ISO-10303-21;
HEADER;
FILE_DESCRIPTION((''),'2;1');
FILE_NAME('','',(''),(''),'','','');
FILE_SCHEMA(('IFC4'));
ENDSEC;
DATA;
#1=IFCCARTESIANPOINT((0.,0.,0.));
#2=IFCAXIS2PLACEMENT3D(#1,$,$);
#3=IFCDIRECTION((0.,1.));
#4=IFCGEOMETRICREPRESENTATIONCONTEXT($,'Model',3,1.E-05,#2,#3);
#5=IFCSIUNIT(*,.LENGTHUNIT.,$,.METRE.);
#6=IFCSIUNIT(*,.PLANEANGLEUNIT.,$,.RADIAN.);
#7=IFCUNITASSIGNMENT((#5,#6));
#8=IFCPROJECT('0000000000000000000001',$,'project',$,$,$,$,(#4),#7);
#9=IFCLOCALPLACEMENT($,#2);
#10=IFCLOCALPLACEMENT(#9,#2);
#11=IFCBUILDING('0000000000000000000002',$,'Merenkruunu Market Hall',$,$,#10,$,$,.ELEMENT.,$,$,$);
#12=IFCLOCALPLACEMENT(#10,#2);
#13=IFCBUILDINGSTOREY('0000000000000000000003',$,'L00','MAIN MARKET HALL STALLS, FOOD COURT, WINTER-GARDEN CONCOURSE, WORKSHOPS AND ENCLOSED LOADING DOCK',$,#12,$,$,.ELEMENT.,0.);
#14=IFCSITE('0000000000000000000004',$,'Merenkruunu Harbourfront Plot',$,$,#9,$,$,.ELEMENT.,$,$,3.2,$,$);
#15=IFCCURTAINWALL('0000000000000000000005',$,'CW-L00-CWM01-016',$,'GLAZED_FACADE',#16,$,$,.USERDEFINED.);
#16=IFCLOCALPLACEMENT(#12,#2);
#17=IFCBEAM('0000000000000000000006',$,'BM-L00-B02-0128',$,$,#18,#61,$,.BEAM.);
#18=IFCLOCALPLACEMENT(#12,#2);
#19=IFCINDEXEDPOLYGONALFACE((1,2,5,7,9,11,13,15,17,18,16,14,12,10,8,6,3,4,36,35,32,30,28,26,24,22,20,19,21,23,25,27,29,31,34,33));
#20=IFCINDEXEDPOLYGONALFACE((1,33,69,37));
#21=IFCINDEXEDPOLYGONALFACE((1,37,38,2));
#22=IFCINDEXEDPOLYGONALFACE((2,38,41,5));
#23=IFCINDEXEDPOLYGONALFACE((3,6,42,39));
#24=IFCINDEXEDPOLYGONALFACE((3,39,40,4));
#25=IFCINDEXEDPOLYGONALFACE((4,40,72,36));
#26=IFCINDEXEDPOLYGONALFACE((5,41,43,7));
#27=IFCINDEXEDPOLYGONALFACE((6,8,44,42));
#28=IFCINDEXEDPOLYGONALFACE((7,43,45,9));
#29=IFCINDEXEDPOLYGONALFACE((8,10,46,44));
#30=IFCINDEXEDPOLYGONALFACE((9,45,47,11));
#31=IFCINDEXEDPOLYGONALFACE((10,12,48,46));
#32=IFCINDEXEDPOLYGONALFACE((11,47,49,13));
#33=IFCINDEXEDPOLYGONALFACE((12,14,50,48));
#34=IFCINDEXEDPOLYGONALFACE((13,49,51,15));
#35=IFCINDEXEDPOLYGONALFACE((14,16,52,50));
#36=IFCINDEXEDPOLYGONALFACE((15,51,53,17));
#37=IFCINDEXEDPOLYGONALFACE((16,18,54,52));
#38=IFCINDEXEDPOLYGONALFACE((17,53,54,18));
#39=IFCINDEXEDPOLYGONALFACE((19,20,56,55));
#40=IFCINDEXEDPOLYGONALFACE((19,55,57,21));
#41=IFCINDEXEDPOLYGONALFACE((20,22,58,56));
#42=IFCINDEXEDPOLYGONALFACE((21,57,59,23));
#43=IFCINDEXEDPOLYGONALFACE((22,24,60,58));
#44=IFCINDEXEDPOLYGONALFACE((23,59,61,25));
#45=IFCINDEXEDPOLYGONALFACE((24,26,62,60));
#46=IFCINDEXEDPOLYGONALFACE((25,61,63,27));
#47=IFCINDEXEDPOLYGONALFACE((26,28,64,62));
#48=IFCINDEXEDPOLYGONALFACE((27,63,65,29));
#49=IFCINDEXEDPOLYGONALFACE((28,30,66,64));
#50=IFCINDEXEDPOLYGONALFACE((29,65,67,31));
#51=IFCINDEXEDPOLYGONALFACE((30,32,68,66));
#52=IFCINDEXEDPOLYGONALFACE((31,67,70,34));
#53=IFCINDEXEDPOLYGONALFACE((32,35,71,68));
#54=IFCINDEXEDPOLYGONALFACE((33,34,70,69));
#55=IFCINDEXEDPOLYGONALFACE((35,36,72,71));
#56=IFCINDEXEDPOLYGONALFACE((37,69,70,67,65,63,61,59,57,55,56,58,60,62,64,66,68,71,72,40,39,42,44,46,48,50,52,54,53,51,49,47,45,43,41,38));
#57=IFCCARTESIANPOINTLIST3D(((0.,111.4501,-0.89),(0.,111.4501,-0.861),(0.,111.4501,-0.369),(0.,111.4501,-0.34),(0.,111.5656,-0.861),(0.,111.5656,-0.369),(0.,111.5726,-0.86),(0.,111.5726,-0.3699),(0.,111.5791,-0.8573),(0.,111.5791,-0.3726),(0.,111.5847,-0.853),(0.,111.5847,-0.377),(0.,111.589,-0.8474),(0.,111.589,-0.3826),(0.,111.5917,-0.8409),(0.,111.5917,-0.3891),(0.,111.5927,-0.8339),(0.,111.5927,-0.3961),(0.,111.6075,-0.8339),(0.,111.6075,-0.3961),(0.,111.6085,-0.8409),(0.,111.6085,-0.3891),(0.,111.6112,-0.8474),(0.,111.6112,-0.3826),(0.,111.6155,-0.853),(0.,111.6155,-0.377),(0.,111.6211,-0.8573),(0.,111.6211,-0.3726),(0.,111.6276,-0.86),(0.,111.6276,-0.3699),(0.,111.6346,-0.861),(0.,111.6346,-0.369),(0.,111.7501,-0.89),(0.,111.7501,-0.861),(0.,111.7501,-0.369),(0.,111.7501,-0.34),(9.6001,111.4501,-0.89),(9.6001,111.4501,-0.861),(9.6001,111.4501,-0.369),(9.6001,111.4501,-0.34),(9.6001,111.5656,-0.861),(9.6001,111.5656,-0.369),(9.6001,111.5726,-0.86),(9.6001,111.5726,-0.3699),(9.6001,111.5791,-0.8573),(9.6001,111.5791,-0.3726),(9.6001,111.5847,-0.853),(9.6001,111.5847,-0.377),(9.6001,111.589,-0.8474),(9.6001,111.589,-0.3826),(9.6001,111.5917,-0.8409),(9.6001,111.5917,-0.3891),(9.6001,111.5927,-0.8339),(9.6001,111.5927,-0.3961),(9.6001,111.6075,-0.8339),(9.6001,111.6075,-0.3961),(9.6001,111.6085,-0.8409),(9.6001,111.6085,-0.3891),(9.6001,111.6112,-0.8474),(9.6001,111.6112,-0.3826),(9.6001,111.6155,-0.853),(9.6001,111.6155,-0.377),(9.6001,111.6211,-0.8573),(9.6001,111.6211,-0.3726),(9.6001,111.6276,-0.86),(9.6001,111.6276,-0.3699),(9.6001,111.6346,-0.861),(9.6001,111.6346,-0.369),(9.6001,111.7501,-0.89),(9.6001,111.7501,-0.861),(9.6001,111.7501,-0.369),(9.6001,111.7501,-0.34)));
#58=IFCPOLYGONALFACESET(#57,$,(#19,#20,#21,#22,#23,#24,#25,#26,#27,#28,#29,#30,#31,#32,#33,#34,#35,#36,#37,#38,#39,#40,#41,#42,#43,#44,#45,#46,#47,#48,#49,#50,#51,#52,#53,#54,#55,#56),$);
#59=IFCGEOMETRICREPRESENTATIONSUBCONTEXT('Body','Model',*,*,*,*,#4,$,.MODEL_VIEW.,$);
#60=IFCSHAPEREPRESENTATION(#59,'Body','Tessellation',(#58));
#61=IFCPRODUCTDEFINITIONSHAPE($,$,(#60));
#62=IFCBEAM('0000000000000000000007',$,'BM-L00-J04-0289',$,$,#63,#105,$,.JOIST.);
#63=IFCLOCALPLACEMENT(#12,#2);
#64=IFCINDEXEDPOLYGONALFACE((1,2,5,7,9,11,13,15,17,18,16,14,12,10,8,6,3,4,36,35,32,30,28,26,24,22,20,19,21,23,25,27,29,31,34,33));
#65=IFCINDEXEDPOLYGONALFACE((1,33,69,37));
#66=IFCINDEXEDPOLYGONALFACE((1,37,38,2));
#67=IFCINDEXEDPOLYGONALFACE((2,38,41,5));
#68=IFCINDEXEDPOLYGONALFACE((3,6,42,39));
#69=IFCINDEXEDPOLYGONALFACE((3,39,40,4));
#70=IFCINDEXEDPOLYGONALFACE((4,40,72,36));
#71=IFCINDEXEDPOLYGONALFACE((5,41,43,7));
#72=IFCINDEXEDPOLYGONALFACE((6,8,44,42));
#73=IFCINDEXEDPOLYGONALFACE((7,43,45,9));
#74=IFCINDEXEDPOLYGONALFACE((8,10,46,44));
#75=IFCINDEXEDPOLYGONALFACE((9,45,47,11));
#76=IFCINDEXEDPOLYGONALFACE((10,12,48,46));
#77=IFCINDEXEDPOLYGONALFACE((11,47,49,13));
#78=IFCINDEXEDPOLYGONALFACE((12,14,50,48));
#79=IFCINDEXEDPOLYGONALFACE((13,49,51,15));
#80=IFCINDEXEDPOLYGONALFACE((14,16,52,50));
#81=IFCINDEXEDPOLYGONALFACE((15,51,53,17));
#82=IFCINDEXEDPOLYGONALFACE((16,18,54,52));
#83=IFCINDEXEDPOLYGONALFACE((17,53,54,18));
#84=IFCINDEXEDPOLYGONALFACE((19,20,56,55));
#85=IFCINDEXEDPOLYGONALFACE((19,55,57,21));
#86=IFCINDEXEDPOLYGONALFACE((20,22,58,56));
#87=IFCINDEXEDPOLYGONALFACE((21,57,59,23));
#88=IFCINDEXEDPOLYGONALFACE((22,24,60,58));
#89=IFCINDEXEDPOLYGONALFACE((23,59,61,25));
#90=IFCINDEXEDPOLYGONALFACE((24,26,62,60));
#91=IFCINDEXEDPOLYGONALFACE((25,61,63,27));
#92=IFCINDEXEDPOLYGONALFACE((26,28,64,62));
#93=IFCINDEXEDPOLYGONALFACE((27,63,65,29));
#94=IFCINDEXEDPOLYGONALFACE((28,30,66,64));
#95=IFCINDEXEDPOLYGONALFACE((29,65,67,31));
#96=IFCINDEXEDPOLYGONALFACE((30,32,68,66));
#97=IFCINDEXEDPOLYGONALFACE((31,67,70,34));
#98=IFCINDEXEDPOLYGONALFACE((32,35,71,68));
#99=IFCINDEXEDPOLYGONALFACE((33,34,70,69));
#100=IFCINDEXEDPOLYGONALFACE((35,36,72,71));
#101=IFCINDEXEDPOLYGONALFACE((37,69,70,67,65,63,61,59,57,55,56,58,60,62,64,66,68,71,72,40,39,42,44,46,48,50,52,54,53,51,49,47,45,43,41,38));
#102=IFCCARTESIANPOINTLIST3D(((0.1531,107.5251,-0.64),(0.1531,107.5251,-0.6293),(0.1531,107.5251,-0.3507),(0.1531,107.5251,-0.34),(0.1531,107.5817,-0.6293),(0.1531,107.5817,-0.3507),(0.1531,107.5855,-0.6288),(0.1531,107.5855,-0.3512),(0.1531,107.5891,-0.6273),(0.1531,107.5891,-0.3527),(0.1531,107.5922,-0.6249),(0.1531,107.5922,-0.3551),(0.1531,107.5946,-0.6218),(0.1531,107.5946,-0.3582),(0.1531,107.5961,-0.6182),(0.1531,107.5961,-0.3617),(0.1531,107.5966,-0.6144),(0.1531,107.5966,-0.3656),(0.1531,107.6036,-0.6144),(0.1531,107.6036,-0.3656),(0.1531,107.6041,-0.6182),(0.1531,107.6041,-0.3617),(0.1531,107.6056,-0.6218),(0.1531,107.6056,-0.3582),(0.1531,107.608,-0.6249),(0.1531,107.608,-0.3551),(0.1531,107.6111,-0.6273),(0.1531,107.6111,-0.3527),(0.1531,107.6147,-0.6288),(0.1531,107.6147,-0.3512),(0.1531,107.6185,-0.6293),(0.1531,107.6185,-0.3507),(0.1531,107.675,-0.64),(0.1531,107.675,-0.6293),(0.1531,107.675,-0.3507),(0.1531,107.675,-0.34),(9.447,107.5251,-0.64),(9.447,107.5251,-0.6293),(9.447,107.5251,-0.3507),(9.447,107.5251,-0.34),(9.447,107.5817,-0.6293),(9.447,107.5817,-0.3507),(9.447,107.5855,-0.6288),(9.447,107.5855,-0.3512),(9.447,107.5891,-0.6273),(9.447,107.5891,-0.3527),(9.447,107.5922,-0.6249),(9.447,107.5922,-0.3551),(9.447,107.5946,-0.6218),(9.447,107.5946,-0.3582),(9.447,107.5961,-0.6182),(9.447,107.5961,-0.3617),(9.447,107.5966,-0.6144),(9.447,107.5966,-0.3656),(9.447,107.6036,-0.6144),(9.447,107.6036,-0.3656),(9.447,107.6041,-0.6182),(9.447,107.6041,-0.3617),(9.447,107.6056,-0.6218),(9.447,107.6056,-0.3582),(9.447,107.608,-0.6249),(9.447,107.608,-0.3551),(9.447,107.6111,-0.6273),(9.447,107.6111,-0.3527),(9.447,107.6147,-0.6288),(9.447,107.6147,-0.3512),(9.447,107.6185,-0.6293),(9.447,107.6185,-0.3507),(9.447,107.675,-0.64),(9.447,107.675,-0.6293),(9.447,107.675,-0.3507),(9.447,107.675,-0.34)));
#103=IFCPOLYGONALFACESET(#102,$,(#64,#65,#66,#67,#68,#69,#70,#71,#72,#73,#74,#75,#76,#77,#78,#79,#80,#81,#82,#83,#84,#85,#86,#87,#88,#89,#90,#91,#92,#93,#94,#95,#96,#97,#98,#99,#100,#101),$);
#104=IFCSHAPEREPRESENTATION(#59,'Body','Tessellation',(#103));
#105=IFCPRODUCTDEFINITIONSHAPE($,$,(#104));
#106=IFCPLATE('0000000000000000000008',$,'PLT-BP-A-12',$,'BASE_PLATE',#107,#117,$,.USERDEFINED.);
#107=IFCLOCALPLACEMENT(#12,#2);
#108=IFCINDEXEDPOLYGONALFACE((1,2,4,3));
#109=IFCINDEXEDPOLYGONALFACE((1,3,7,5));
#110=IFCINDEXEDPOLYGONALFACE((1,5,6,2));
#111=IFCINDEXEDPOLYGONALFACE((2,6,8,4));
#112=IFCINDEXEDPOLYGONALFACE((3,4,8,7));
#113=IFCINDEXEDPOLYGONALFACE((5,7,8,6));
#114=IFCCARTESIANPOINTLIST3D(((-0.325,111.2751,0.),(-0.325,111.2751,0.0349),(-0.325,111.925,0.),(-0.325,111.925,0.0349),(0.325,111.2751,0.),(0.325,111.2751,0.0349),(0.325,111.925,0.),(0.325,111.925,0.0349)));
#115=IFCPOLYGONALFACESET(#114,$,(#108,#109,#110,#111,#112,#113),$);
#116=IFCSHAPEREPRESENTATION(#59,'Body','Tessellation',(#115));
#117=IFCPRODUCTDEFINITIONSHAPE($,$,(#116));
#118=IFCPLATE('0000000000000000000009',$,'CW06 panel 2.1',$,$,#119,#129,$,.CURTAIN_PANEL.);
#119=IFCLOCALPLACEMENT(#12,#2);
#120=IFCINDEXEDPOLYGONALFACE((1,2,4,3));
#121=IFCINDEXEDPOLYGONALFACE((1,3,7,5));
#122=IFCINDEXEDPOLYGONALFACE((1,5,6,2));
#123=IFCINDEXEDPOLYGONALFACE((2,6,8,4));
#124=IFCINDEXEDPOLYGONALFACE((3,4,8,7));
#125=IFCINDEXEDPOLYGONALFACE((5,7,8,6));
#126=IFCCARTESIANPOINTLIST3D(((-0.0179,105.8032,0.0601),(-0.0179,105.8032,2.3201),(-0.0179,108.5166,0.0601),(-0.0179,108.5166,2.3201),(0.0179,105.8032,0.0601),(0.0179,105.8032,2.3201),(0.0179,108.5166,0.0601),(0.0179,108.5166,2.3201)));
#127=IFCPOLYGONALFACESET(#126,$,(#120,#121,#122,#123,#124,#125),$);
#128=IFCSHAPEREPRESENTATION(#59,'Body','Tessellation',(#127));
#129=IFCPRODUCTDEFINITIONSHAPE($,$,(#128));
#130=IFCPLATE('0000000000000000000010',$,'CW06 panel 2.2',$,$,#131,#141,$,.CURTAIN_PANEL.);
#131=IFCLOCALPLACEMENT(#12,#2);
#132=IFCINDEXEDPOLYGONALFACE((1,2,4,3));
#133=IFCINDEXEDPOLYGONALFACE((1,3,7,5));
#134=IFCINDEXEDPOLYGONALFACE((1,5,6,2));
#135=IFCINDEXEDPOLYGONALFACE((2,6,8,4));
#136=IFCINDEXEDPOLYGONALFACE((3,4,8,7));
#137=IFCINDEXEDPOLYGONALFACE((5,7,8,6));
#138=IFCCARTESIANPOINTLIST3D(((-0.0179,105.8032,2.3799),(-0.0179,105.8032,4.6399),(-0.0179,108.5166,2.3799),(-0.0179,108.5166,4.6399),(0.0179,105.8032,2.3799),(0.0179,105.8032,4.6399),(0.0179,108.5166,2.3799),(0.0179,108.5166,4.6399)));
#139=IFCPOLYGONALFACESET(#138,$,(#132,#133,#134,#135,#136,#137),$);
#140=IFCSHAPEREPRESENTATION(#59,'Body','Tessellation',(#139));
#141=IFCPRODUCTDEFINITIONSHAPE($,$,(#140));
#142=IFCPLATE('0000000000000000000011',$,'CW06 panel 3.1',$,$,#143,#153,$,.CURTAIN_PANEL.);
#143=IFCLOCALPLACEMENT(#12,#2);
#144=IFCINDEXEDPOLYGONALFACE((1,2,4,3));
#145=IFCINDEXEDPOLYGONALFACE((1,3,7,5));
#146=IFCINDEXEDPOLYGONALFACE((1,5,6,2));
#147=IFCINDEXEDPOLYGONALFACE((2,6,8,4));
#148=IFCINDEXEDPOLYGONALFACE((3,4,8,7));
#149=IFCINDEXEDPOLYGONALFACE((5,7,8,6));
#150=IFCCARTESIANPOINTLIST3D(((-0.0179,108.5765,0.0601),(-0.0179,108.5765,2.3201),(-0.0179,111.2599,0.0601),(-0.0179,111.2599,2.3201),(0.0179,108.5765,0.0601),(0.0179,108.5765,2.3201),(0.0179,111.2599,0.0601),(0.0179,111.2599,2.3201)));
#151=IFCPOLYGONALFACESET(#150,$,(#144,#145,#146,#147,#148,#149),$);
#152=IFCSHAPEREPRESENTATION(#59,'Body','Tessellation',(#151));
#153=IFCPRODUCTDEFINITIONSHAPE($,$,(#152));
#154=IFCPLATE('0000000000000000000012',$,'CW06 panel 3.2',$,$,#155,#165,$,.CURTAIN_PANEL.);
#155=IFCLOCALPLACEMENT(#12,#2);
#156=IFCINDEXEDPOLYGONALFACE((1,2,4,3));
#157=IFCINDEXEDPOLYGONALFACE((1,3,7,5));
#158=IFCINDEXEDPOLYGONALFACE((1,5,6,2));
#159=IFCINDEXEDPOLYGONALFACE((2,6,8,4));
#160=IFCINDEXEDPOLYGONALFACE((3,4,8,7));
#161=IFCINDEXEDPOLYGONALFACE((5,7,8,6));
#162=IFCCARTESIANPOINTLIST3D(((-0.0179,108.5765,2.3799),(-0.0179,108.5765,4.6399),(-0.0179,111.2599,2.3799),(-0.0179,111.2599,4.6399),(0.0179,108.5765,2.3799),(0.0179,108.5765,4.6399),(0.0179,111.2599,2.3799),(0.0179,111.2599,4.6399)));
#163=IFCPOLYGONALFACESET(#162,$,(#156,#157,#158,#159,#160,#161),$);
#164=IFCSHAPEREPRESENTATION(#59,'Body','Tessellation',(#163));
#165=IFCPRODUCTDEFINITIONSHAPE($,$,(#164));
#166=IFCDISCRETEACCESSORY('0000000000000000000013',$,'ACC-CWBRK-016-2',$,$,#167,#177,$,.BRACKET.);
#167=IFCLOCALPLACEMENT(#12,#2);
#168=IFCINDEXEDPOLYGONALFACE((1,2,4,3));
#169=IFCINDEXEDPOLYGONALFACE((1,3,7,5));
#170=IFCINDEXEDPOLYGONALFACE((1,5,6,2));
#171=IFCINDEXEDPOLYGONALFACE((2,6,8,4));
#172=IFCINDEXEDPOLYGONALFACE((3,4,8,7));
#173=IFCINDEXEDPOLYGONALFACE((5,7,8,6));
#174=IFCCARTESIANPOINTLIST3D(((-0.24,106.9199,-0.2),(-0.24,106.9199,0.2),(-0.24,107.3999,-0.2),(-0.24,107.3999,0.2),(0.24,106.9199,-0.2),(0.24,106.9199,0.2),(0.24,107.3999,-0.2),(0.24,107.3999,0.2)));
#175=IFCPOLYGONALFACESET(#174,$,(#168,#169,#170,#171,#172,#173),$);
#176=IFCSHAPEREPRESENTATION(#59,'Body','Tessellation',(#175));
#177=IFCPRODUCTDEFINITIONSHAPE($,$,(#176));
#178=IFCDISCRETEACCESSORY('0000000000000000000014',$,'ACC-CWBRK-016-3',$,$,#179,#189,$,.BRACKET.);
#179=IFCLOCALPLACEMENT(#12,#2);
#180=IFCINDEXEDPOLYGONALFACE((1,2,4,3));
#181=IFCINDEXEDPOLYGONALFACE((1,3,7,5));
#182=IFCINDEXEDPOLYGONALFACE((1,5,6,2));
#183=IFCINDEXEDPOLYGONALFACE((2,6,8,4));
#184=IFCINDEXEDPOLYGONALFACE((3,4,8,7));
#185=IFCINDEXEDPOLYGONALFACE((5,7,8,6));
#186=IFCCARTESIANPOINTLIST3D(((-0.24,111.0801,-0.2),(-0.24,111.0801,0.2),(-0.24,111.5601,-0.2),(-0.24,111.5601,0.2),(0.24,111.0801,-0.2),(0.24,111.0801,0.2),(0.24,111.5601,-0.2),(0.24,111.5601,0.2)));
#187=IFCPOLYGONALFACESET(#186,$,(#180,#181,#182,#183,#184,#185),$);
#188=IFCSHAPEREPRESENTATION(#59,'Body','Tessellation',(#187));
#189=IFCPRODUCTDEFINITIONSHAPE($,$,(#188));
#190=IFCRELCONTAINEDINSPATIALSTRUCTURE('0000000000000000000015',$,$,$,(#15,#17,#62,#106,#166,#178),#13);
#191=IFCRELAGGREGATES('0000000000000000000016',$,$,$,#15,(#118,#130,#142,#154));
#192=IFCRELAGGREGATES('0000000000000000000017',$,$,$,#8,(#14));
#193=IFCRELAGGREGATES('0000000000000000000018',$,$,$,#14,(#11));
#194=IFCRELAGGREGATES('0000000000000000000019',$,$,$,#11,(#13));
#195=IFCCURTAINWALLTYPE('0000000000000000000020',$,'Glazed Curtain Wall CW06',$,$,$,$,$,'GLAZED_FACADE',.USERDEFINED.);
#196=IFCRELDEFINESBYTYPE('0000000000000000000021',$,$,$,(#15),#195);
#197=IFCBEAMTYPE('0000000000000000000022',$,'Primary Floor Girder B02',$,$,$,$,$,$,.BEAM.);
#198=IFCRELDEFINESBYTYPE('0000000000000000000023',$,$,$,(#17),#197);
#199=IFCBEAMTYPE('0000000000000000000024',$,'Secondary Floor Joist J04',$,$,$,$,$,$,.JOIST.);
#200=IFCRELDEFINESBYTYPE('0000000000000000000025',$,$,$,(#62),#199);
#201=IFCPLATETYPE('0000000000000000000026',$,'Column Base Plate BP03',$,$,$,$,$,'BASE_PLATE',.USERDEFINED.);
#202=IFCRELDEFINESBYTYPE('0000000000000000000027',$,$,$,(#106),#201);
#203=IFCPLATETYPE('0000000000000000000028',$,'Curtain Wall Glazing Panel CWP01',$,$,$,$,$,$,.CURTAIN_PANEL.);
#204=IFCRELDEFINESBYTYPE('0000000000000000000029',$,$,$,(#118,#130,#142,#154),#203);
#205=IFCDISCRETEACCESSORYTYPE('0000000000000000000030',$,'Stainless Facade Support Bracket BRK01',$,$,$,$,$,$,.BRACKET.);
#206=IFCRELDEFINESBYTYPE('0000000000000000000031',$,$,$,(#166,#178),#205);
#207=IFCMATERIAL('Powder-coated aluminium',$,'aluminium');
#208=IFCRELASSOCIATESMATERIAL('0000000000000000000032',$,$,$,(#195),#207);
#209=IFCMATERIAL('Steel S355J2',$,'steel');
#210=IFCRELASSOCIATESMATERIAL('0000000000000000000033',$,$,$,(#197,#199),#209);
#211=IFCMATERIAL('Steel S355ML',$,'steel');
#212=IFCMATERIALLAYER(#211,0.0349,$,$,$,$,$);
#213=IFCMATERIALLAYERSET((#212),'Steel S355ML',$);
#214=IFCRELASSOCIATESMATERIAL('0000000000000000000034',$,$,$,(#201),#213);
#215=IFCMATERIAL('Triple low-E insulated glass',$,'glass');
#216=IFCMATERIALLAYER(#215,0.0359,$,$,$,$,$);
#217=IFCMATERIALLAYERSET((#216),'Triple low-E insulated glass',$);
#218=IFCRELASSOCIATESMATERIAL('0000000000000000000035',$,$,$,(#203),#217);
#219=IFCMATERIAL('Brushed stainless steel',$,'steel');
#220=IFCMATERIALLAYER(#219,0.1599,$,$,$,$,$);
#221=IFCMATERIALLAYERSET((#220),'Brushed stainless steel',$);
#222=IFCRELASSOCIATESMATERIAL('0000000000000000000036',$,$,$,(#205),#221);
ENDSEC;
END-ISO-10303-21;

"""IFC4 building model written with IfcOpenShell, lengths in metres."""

from ifc_helpers import new_model, si_unit, direction, frame, origin, origin_2d, place, context, subcontext, project, spatial, rectangle, i_section, extrude, material, layer, layer_set, material_profile, profile_set, type_object, element, aggregate, save


model = new_model("IFC4")

# Units and contexts
model_context = context("Model", 3, precision=1e-05, world=origin(), true_north=direction((0.0, 1.0)))
body_context = subcontext(model_context, "Body", "Model", "MODEL_VIEW")
ifc_project = project(units=[si_unit("LENGTHUNIT", "METRE"), si_unit("PLANEANGLEUNIT", "RADIAN")], contexts=[model_context])

# Site, building, storey
site_placement = place(None, origin())
site = spatial("IfcSite", under=ifc_project, at=site_placement, Name="Merenkruunu Harbourfront Plot", CompositionType="ELEMENT", RefElevation=3.2)
building_placement = place(site_placement, origin())
building = spatial("IfcBuilding", under=site, at=building_placement, Name="Merenkruunu Market Hall", CompositionType="ELEMENT")
storey_placement = place(building_placement, origin())
storey = spatial("IfcBuildingStorey", under=building, at=storey_placement, Name="L00", Description="MAIN MARKET HALL STALLS, FOOD COURT, WINTER-GARDEN CONCOURSE, WORKSHOPS AND ENCLOSED LOADING DOCK", CompositionType="ELEMENT", Elevation=0.0)

# Shared definitions
ifc_material_1 = material(Name="Steel S355ML", Category="steel")

# Curtain wall
ifc_material_2 = material(Name="Powder-coated aluminium", Category="aluminium")
curtain_wall_type = type_object("IfcCurtainWallType", Name="Glazed Curtain Wall CW06", ElementType="GLAZED_FACADE", PredefinedType="USERDEFINED", material=ifc_material_2)
curtain_wall_1_placement = place(storey_placement, origin())
curtain_wall_1 = element("IfcCurtainWall", 1, at=curtain_wall_1_placement, inside=storey, type_object=curtain_wall_type, Name="CW-L00-CWM01-016", ObjectType="GLAZED_FACADE", PredefinedType="USERDEFINED")

# Beams
ifc_material_3 = material(Name="Steel S355J2", Category="steel")
ifc_material_profile_1 = material_profile(ifc_material_3, i_section(OverallWidth=0.3, OverallDepth=0.55, WebThickness=0.0149, FlangeThickness=0.0291, FilletRadius=0.0271, at=origin_2d()), Name="HEB 550")
ifc_profile_set_1 = profile_set([ifc_material_profile_1], Name="Steel S355J2")
beam_type_1 = type_object("IfcBeamType", Name="Primary Floor Girder B02", PredefinedType="BEAM", material=ifc_profile_set_1)
beam_1_placement = place(storey_placement, frame((0.0, 111.6001, -0.615), z_axis=(1.0, 0.0, 0.0), x_axis=(0.0, 1.0, 0.0)))
element("IfcBeam", 2, at=beam_1_placement, inside=storey, type_object=beam_type_1, Name="BM-L00-B02-0128", PredefinedType="BEAM", context=body_context, shape_type="SweptSolid", body=[
    extrude(i_section(OverallWidth=0.3, OverallDepth=0.55, WebThickness=0.0149, FlangeThickness=0.0291, FilletRadius=0.0271, at=origin_2d()), origin(), (0.0, 0.0, 1.0), 9.6001),
])
ifc_material_profile_2 = material_profile(ifc_material_3, i_section(OverallWidth=0.1499, OverallDepth=0.3, WebThickness=0.0071, FlangeThickness=0.0107, FilletRadius=0.0149, at=origin_2d()), Name="IPE 300")
ifc_profile_set_2 = profile_set([ifc_material_profile_2], Name="Steel S355J2")
beam_type_2 = type_object("IfcBeamType", Name="Secondary Floor Joist J04", PredefinedType="JOIST", material=ifc_profile_set_2)
beam_2_placement = place(storey_placement, frame((0.1531, 107.6001, -0.49), z_axis=(1.0, 0.0, 0.0), x_axis=(0.0, 1.0, 0.0)))
element("IfcBeam", 3, at=beam_2_placement, inside=storey, type_object=beam_type_2, Name="BM-L00-J04-0289", PredefinedType="JOIST", context=body_context, shape_type="SweptSolid", body=[
    extrude(i_section(OverallWidth=0.1499, OverallDepth=0.3, WebThickness=0.0071, FlangeThickness=0.0107, FilletRadius=0.0149, at=origin_2d()), origin(), (0.0, 0.0, 1.0), 9.2939),
])

# Plates
ifc_layer_1 = layer(ifc_material_1, 0.0349)
ifc_layer_set_1 = layer_set([ifc_layer_1], Name="Steel S355ML")
plate_type_1 = type_object("IfcPlateType", Name="Column Base Plate BP03", ElementType="BASE_PLATE", PredefinedType="USERDEFINED", material=ifc_layer_set_1)
plate_1_placement = place(storey_placement, frame((0.0, 111.6001, 0.0), z_axis=(0.0, 0.0, 1.0), x_axis=(1.0, 0.0, 0.0)))
element("IfcPlate", 4, at=plate_1_placement, inside=storey, type_object=plate_type_1, Name="PLT-BP-A-12", ObjectType="BASE_PLATE", PredefinedType="USERDEFINED", context=body_context, shape_type="SweptSolid", body=[
    extrude(rectangle(XDim=0.6499, YDim=0.6499, at=origin_2d()), origin(), (0.0, 0.0, 1.0), 0.0349),
])
ifc_material_4 = material(Name="Triple low-E insulated glass", Category="glass")
ifc_layer_2 = layer(ifc_material_4, 0.0359)
ifc_layer_set_2 = layer_set([ifc_layer_2], Name="Triple low-E insulated glass")
plate_type_2 = type_object("IfcPlateType", Name="Curtain Wall Glazing Panel CWP01", PredefinedType="CURTAIN_PANEL", material=ifc_layer_set_2)
plate_2_placement = place(storey_placement, frame((0.0, 107.1599, 0.0601), z_axis=(0.0, 0.0, 1.0), x_axis=(0.0, 1.0, 0.0)))
plate_2 = element("IfcPlate", 5, at=plate_2_placement, type_object=plate_type_2, Name="CW06 panel 2.1", PredefinedType="CURTAIN_PANEL", context=body_context, shape_type="SweptSolid", body=[
    extrude(rectangle(XDim=2.7134, YDim=0.0359, at=origin_2d()), origin(), (0.0, 0.0, 1.0), 2.26),
])
plate_3_placement = place(storey_placement, frame((0.0, 107.1599, 2.3799), z_axis=(0.0, 0.0, 1.0), x_axis=(0.0, 1.0, 0.0)))
plate_3 = element("IfcPlate", 6, at=plate_3_placement, type_object=plate_type_2, Name="CW06 panel 2.2", PredefinedType="CURTAIN_PANEL", context=body_context, shape_type="SweptSolid", body=[
    extrude(rectangle(XDim=2.7134, YDim=0.0359, at=origin_2d()), origin(), (0.0, 0.0, 1.0), 2.26),
])
plate_4_placement = place(storey_placement, frame((0.0, 109.9182, 0.0601), z_axis=(0.0, 0.0, 1.0), x_axis=(0.0, 1.0, 0.0)))
plate_4 = element("IfcPlate", 7, at=plate_4_placement, type_object=plate_type_2, Name="CW06 panel 3.1", PredefinedType="CURTAIN_PANEL", context=body_context, shape_type="SweptSolid", body=[
    extrude(rectangle(XDim=2.6833, YDim=0.0359, at=origin_2d()), origin(), (0.0, 0.0, 1.0), 2.26),
])
plate_5_placement = place(storey_placement, frame((0.0, 109.9182, 2.3799), z_axis=(0.0, 0.0, 1.0), x_axis=(0.0, 1.0, 0.0)))
plate_5 = element("IfcPlate", 8, at=plate_5_placement, type_object=plate_type_2, Name="CW06 panel 3.2", PredefinedType="CURTAIN_PANEL", context=body_context, shape_type="SweptSolid", body=[
    extrude(rectangle(XDim=2.6833, YDim=0.0359, at=origin_2d()), origin(), (0.0, 0.0, 1.0), 2.26),
])
aggregate(curtain_wall_1, [plate_2, plate_3, plate_4, plate_5])

# Discrete accessories
ifc_material_5 = material(Name="Brushed stainless steel", Category="steel")
ifc_layer_3 = layer(ifc_material_5, 0.1599)
ifc_layer_set_3 = layer_set([ifc_layer_3], Name="Brushed stainless steel")
discrete_accessory_type = type_object("IfcDiscreteAccessoryType", Name="Stainless Facade Support Bracket BRK01", PredefinedType="BRACKET", material=ifc_layer_set_3)
for number, where, z_axis, x_axis, name in (
    (9, (0.0, 107.1599, -0.2), (0.0, 0.0, 1.0), (1.0, 0.0, 0.0), "ACC-CWBRK-016-2"),
    (10, (0.0, 111.3201, -0.2), (0.0, 0.0, 1.0), (1.0, 0.0, 0.0), "ACC-CWBRK-016-3"),
):
    element("IfcDiscreteAccessory", number, at=place(storey_placement, frame(where, z_axis=z_axis, x_axis=x_axis)), inside=storey, type_object=discrete_accessory_type, Name=name, PredefinedType="BRACKET", context=body_context, shape_type="SweptSolid", body=[
        extrude(rectangle(XDim=0.48, YDim=0.48, at=origin_2d()), origin(), (0.0, 0.0, 1.0), 0.3999),
    ])

save(model, "model.ifc")
